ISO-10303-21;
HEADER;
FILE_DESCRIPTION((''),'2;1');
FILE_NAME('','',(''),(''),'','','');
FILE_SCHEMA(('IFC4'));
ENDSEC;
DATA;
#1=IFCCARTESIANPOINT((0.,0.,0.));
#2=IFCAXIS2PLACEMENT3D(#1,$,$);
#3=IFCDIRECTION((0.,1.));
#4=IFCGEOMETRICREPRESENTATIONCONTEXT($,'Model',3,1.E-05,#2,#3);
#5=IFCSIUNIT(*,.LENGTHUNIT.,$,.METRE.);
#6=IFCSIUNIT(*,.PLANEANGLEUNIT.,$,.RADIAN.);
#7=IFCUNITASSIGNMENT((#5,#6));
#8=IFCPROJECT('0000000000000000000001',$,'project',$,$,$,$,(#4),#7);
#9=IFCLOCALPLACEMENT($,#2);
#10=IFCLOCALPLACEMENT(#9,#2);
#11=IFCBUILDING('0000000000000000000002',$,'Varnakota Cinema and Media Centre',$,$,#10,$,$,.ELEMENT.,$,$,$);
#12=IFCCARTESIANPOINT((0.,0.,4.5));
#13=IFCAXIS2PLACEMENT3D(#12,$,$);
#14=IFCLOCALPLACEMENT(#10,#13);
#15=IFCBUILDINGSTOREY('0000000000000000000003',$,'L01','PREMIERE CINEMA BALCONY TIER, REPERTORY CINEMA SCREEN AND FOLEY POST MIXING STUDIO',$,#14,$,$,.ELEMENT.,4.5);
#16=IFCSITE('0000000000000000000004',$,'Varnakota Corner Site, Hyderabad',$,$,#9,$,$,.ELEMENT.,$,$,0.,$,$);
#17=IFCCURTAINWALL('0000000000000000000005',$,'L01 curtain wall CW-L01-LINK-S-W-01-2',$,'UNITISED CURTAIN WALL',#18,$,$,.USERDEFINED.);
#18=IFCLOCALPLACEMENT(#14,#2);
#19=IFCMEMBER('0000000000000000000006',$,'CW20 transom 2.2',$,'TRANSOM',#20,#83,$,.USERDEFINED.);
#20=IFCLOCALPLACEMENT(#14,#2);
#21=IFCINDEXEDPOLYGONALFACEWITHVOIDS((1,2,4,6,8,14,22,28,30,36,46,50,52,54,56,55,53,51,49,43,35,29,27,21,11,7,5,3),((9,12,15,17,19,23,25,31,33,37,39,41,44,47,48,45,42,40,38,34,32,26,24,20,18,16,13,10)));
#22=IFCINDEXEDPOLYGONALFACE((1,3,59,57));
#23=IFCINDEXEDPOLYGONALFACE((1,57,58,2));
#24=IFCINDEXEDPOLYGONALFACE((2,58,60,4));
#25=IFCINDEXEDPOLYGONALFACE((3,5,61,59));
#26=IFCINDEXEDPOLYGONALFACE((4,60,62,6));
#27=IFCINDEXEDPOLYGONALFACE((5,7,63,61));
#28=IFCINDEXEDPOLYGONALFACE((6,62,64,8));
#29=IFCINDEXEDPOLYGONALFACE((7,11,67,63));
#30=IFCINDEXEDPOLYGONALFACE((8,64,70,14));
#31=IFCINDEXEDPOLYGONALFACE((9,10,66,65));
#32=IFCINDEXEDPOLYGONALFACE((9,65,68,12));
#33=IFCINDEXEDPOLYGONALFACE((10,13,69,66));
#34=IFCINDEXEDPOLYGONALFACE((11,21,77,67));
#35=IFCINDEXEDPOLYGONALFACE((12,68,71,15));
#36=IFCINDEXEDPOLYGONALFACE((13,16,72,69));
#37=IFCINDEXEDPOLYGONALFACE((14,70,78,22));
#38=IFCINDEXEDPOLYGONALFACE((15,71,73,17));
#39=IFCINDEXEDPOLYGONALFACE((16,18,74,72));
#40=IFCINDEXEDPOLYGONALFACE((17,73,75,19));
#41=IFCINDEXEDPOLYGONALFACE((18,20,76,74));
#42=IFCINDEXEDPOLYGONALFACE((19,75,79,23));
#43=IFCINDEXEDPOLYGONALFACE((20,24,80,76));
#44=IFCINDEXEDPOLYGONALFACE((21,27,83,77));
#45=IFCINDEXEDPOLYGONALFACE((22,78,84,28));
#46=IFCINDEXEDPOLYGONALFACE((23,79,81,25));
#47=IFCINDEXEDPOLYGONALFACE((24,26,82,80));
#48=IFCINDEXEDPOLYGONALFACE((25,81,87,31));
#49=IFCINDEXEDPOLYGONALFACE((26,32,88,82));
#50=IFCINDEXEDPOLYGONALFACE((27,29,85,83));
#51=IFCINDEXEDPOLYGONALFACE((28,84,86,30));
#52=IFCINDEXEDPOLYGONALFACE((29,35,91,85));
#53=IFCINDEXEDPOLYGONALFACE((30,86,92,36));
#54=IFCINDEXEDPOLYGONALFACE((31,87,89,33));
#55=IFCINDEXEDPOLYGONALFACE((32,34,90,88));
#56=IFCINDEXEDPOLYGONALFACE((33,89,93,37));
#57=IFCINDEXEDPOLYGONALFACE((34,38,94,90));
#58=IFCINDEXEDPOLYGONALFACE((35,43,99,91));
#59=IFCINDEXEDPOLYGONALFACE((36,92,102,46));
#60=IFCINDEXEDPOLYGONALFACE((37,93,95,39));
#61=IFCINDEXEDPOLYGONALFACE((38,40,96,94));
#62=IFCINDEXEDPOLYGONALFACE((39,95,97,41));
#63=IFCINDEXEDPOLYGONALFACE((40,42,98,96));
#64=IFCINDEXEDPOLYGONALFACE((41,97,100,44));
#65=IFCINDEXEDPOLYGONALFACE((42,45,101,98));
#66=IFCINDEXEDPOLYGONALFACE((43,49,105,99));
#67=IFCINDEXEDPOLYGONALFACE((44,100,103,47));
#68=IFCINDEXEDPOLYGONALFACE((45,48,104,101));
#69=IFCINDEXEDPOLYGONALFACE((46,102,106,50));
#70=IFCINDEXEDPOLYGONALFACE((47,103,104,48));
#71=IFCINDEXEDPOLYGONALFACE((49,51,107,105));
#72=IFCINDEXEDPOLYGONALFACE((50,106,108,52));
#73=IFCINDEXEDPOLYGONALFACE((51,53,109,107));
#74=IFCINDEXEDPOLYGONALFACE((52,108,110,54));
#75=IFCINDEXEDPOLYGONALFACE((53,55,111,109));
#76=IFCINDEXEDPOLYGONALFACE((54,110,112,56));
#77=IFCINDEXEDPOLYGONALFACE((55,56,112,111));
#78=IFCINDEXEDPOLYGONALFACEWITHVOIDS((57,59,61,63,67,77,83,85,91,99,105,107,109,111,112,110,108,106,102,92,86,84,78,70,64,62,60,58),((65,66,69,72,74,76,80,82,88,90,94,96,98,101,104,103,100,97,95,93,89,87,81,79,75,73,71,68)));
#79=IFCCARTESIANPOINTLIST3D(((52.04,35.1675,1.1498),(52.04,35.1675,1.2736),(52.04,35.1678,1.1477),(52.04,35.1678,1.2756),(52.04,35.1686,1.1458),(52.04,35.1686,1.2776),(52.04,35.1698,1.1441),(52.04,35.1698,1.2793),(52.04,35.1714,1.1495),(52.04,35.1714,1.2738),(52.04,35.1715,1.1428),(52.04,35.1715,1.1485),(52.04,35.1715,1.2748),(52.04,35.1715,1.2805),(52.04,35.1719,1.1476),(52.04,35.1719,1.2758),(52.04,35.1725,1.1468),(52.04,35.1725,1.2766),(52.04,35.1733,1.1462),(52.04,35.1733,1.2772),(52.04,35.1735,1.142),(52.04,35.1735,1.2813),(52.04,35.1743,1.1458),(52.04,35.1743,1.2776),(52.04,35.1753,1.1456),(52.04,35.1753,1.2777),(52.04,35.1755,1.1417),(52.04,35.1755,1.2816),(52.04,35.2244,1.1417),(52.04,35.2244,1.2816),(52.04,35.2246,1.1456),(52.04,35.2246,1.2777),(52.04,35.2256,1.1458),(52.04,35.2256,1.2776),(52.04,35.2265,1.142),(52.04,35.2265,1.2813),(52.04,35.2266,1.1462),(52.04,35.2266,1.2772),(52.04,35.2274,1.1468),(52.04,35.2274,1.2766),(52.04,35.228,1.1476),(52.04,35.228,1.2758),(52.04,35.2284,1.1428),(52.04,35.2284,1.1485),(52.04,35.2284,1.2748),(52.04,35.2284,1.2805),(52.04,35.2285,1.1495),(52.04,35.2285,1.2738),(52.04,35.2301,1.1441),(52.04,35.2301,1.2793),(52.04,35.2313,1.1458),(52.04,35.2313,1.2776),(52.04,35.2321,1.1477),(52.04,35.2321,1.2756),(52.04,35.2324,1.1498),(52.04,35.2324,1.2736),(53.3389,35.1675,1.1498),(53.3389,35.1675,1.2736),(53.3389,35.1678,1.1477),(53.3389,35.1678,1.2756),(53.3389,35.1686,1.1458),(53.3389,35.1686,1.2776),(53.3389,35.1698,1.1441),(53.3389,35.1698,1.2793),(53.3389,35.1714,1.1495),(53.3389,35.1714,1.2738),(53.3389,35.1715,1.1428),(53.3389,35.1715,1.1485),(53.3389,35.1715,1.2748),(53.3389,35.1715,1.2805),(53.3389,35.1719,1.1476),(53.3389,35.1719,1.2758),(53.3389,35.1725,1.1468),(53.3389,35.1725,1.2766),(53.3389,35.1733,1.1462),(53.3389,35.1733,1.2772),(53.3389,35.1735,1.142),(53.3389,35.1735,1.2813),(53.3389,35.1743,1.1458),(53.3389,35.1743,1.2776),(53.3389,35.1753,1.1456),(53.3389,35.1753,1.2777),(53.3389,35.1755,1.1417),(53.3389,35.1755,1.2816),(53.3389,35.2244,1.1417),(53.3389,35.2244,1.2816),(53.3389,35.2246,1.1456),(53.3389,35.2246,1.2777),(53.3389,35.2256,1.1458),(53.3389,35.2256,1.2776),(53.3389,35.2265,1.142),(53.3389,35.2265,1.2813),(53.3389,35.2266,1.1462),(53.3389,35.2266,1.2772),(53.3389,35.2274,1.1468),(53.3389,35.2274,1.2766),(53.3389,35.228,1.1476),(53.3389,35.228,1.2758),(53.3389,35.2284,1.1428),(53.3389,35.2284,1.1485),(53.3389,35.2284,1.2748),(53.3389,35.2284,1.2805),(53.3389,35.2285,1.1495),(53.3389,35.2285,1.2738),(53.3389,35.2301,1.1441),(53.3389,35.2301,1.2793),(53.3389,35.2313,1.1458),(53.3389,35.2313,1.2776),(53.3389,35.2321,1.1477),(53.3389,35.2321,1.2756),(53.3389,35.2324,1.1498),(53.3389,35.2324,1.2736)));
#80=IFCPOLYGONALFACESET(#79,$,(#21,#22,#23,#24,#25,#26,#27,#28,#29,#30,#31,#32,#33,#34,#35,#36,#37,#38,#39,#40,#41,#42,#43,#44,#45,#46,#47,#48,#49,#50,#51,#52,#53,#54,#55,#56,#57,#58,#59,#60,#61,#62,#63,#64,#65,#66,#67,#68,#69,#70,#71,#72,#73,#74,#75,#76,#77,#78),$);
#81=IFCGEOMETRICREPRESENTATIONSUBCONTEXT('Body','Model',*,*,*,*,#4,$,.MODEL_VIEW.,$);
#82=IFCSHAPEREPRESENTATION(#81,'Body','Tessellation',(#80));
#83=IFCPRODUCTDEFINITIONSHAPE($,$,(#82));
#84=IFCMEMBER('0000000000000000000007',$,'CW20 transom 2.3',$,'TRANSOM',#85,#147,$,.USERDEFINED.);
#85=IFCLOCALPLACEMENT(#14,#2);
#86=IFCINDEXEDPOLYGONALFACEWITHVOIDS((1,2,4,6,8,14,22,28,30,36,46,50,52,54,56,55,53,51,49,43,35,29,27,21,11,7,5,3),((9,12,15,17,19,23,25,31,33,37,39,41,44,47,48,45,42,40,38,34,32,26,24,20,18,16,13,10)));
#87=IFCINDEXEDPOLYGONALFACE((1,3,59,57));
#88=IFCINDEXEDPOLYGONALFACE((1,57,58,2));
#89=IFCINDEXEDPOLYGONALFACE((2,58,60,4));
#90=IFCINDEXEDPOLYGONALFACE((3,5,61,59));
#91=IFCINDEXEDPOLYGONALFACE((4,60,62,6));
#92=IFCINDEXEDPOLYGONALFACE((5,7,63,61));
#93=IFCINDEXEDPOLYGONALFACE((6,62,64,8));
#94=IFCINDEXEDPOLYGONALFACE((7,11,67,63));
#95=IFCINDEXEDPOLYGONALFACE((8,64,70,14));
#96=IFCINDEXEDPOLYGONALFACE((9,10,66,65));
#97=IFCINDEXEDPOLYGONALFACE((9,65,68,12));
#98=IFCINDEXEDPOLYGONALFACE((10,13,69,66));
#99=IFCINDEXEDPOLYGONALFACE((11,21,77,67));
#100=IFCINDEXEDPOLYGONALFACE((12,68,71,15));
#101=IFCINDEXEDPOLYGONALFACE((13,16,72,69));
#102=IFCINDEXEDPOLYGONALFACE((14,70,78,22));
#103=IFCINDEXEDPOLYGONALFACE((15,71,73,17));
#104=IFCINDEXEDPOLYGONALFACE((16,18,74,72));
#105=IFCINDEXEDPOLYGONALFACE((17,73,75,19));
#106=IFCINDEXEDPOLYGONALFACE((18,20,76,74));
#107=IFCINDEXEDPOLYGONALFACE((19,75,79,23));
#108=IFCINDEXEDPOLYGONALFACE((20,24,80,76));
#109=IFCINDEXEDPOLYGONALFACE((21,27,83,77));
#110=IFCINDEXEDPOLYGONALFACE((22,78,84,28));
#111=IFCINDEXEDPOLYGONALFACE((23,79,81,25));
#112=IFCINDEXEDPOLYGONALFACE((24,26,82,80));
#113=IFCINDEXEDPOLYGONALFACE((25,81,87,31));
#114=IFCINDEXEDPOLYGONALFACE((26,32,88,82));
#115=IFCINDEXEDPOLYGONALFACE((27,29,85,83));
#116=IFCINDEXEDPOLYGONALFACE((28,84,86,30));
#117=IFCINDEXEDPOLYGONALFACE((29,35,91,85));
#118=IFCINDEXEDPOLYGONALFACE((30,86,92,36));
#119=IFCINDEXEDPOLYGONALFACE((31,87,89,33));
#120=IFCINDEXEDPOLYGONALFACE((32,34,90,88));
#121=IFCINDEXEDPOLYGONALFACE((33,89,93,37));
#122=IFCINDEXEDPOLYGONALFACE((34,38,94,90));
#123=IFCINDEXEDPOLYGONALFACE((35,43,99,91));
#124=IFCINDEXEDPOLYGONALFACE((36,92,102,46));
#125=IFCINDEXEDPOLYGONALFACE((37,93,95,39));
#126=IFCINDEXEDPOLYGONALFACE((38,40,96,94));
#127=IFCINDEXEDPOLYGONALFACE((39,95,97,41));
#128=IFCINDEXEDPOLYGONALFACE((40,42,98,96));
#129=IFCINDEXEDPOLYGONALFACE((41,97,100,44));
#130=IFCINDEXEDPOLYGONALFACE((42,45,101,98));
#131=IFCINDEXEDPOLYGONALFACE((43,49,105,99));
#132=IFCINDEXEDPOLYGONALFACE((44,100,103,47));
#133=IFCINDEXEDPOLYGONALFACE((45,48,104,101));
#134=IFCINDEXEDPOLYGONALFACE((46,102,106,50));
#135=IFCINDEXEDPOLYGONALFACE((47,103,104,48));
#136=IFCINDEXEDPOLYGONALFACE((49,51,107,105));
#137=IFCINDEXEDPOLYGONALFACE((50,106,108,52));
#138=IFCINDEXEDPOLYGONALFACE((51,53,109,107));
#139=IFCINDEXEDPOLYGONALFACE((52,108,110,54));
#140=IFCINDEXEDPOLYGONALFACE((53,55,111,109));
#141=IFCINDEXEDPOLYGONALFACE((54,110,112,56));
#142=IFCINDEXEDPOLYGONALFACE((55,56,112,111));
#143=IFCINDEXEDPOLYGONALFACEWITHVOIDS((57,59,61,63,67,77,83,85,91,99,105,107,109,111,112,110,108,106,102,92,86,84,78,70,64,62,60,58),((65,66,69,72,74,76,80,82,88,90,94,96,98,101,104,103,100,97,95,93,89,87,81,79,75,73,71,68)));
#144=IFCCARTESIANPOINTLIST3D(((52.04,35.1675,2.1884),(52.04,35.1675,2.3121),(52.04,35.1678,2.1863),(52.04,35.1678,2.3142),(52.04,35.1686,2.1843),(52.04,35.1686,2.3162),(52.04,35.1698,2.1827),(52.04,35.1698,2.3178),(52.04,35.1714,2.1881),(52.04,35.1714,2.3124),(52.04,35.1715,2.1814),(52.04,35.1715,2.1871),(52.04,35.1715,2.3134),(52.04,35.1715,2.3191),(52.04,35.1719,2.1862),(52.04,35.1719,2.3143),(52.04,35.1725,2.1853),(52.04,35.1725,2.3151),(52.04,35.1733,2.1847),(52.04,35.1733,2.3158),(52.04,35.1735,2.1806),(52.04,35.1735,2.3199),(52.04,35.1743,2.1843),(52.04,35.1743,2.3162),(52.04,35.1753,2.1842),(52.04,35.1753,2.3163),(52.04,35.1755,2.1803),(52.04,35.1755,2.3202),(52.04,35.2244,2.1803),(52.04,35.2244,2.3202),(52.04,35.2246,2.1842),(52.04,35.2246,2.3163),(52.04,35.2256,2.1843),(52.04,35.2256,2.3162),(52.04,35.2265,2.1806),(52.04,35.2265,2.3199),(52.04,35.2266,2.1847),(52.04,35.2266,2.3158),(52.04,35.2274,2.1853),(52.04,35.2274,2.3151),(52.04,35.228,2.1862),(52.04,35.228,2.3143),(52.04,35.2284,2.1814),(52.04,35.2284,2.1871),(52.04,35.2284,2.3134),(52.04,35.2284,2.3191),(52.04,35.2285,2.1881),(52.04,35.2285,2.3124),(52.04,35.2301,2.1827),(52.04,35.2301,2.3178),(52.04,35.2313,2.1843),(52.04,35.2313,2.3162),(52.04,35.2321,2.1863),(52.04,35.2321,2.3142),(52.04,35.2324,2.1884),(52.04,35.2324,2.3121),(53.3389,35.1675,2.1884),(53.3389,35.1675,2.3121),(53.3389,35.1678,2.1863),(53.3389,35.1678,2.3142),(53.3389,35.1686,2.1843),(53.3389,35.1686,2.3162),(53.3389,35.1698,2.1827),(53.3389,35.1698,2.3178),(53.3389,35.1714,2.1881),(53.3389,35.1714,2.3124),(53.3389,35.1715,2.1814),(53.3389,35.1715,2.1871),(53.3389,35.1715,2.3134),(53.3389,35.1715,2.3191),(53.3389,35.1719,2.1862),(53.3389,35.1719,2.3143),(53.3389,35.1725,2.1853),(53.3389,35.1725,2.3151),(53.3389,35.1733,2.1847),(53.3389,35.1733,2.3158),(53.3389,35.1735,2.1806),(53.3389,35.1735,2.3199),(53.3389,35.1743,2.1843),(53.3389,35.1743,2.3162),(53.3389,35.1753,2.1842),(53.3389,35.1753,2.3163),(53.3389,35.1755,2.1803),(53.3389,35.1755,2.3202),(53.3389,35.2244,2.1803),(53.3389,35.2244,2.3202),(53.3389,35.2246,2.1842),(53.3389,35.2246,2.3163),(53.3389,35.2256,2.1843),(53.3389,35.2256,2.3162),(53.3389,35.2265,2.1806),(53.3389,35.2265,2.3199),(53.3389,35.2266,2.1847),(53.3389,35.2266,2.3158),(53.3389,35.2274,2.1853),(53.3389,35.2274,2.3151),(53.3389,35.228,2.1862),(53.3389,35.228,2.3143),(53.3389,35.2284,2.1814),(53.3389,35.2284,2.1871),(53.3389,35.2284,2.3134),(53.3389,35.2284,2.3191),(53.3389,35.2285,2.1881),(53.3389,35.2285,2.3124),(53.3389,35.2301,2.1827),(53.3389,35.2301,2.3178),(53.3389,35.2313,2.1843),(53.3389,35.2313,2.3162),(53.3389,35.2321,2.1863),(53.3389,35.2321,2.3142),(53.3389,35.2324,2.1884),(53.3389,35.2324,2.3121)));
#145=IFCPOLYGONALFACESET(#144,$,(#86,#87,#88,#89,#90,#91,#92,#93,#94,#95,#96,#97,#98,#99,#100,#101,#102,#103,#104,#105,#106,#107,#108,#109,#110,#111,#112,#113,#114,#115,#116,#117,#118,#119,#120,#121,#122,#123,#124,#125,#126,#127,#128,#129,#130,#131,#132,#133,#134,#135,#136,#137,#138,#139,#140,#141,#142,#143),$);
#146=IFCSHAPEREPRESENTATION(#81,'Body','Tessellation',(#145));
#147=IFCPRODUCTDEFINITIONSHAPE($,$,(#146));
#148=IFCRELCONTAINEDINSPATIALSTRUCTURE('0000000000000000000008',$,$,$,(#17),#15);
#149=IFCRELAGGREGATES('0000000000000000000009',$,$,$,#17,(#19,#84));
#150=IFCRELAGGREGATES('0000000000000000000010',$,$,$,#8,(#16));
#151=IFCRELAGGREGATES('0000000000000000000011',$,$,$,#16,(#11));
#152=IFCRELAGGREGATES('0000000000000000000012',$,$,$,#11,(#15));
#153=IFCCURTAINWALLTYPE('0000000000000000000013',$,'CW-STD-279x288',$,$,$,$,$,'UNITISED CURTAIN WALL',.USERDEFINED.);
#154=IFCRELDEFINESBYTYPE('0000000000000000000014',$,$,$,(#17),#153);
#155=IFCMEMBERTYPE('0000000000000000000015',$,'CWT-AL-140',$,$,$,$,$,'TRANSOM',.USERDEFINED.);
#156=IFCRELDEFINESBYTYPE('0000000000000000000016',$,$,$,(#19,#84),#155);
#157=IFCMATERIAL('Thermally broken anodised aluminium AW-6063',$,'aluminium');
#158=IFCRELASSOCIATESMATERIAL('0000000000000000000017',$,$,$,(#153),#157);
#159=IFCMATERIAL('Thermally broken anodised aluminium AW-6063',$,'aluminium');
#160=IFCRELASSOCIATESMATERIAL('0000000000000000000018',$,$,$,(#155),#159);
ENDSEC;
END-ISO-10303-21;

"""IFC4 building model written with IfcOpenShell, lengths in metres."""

from ifc_helpers import new_model, si_unit, direction, frame, origin, origin_2d, place, context, subcontext, project, spatial, hollow_rectangle, extrude, material, material_profile, profile_set, type_object, element, aggregate, save


model = new_model("IFC4")

# Units and contexts
model_context = context("Model", 3, precision=1e-05, world=origin(), true_north=direction((0.0, 1.0)))
body_context = subcontext(model_context, "Body", "Model", "MODEL_VIEW")
ifc_project = project(units=[si_unit("LENGTHUNIT", "METRE"), si_unit("PLANEANGLEUNIT", "RADIAN")], contexts=[model_context])

# Site, building, storey
site_placement = place(None, origin())
site = spatial("IfcSite", under=ifc_project, at=site_placement, Name="Varnakota Corner Site, Hyderabad", CompositionType="ELEMENT", RefElevation=0.0)
building_placement = place(site_placement, origin())
building = spatial("IfcBuilding", under=site, at=building_placement, Name="Varnakota Cinema and Media Centre", CompositionType="ELEMENT")
storey_placement = place(building_placement, frame((0.0, 0.0, 4.5)))
storey = spatial("IfcBuildingStorey", under=building, at=storey_placement, Name="L01", Description="PREMIERE CINEMA BALCONY TIER, REPERTORY CINEMA SCREEN AND FOLEY POST MIXING STUDIO", CompositionType="ELEMENT", Elevation=4.5)

# Curtain wall
ifc_material_1 = material(Name="Thermally broken anodised aluminium AW-6063", Category="aluminium")
curtain_wall_type_1 = type_object("IfcCurtainWallType", Name="CW-STD-279x288", ElementType="UNITISED CURTAIN WALL", PredefinedType="USERDEFINED", material=ifc_material_1)
curtain_wall_1_placement = place(storey_placement, origin())
curtain_wall_1 = element("IfcCurtainWall", 1, at=curtain_wall_1_placement, inside=storey, type_object=curtain_wall_type_1, Name="L01 curtain wall CW-L01-LINK-S-W-01-2", ObjectType="UNITISED CURTAIN WALL", PredefinedType="USERDEFINED")

# Members
ifc_material_2 = material(Name="Thermally broken anodised aluminium AW-6063", Category="aluminium")
ifc_material_profile_1 = material_profile(ifc_material_2, hollow_rectangle(XDim=0.0649, YDim=0.1399, WallThickness=0.0039, InnerFilletRadius=0.0039, OuterFilletRadius=0.0081, at=origin_2d()), Name="AL-TRANSOM 140x65x4")
ifc_profile_set_1 = profile_set([ifc_material_profile_1], Name="Thermally broken anodised aluminium AW-6063")
member_type_1 = type_object("IfcMemberType", Name="CWT-AL-140", ElementType="TRANSOM", PredefinedType="USERDEFINED", material=ifc_profile_set_1)
member_1_placement = place(storey_placement, frame((53.3389, 35.2, 1.2117), z_axis=(-1.0, 0.0, 0.0), x_axis=(0.0, -1.0, 0.0)))
member_1 = element("IfcMember", 2, at=member_1_placement, type_object=member_type_1, Name="CW20 transom 2.2", ObjectType="TRANSOM", PredefinedType="USERDEFINED", context=body_context, shape_type="SweptSolid", body=[
    extrude(hollow_rectangle(XDim=0.0649, YDim=0.1399, WallThickness=0.0039, InnerFilletRadius=0.0039, OuterFilletRadius=0.0081, at=origin_2d()), origin(), (0.0, 0.0, 1.0), 1.2988),
])
member_2_placement = place(storey_placement, frame((53.3389, 35.2, 2.2502), z_axis=(-1.0, 0.0, 0.0), x_axis=(0.0, -1.0, 0.0)))
member_2 = element("IfcMember", 3, at=member_2_placement, type_object=member_type_1, Name="CW20 transom 2.3", ObjectType="TRANSOM", PredefinedType="USERDEFINED", context=body_context, shape_type="SweptSolid", body=[
    extrude(hollow_rectangle(XDim=0.0649, YDim=0.1399, WallThickness=0.0039, InnerFilletRadius=0.0039, OuterFilletRadius=0.0081, at=origin_2d()), origin(), (0.0, 0.0, 1.0), 1.2988),
])

aggregate(curtain_wall_1, [member_1, member_2])

save(model, "model.ifc")
